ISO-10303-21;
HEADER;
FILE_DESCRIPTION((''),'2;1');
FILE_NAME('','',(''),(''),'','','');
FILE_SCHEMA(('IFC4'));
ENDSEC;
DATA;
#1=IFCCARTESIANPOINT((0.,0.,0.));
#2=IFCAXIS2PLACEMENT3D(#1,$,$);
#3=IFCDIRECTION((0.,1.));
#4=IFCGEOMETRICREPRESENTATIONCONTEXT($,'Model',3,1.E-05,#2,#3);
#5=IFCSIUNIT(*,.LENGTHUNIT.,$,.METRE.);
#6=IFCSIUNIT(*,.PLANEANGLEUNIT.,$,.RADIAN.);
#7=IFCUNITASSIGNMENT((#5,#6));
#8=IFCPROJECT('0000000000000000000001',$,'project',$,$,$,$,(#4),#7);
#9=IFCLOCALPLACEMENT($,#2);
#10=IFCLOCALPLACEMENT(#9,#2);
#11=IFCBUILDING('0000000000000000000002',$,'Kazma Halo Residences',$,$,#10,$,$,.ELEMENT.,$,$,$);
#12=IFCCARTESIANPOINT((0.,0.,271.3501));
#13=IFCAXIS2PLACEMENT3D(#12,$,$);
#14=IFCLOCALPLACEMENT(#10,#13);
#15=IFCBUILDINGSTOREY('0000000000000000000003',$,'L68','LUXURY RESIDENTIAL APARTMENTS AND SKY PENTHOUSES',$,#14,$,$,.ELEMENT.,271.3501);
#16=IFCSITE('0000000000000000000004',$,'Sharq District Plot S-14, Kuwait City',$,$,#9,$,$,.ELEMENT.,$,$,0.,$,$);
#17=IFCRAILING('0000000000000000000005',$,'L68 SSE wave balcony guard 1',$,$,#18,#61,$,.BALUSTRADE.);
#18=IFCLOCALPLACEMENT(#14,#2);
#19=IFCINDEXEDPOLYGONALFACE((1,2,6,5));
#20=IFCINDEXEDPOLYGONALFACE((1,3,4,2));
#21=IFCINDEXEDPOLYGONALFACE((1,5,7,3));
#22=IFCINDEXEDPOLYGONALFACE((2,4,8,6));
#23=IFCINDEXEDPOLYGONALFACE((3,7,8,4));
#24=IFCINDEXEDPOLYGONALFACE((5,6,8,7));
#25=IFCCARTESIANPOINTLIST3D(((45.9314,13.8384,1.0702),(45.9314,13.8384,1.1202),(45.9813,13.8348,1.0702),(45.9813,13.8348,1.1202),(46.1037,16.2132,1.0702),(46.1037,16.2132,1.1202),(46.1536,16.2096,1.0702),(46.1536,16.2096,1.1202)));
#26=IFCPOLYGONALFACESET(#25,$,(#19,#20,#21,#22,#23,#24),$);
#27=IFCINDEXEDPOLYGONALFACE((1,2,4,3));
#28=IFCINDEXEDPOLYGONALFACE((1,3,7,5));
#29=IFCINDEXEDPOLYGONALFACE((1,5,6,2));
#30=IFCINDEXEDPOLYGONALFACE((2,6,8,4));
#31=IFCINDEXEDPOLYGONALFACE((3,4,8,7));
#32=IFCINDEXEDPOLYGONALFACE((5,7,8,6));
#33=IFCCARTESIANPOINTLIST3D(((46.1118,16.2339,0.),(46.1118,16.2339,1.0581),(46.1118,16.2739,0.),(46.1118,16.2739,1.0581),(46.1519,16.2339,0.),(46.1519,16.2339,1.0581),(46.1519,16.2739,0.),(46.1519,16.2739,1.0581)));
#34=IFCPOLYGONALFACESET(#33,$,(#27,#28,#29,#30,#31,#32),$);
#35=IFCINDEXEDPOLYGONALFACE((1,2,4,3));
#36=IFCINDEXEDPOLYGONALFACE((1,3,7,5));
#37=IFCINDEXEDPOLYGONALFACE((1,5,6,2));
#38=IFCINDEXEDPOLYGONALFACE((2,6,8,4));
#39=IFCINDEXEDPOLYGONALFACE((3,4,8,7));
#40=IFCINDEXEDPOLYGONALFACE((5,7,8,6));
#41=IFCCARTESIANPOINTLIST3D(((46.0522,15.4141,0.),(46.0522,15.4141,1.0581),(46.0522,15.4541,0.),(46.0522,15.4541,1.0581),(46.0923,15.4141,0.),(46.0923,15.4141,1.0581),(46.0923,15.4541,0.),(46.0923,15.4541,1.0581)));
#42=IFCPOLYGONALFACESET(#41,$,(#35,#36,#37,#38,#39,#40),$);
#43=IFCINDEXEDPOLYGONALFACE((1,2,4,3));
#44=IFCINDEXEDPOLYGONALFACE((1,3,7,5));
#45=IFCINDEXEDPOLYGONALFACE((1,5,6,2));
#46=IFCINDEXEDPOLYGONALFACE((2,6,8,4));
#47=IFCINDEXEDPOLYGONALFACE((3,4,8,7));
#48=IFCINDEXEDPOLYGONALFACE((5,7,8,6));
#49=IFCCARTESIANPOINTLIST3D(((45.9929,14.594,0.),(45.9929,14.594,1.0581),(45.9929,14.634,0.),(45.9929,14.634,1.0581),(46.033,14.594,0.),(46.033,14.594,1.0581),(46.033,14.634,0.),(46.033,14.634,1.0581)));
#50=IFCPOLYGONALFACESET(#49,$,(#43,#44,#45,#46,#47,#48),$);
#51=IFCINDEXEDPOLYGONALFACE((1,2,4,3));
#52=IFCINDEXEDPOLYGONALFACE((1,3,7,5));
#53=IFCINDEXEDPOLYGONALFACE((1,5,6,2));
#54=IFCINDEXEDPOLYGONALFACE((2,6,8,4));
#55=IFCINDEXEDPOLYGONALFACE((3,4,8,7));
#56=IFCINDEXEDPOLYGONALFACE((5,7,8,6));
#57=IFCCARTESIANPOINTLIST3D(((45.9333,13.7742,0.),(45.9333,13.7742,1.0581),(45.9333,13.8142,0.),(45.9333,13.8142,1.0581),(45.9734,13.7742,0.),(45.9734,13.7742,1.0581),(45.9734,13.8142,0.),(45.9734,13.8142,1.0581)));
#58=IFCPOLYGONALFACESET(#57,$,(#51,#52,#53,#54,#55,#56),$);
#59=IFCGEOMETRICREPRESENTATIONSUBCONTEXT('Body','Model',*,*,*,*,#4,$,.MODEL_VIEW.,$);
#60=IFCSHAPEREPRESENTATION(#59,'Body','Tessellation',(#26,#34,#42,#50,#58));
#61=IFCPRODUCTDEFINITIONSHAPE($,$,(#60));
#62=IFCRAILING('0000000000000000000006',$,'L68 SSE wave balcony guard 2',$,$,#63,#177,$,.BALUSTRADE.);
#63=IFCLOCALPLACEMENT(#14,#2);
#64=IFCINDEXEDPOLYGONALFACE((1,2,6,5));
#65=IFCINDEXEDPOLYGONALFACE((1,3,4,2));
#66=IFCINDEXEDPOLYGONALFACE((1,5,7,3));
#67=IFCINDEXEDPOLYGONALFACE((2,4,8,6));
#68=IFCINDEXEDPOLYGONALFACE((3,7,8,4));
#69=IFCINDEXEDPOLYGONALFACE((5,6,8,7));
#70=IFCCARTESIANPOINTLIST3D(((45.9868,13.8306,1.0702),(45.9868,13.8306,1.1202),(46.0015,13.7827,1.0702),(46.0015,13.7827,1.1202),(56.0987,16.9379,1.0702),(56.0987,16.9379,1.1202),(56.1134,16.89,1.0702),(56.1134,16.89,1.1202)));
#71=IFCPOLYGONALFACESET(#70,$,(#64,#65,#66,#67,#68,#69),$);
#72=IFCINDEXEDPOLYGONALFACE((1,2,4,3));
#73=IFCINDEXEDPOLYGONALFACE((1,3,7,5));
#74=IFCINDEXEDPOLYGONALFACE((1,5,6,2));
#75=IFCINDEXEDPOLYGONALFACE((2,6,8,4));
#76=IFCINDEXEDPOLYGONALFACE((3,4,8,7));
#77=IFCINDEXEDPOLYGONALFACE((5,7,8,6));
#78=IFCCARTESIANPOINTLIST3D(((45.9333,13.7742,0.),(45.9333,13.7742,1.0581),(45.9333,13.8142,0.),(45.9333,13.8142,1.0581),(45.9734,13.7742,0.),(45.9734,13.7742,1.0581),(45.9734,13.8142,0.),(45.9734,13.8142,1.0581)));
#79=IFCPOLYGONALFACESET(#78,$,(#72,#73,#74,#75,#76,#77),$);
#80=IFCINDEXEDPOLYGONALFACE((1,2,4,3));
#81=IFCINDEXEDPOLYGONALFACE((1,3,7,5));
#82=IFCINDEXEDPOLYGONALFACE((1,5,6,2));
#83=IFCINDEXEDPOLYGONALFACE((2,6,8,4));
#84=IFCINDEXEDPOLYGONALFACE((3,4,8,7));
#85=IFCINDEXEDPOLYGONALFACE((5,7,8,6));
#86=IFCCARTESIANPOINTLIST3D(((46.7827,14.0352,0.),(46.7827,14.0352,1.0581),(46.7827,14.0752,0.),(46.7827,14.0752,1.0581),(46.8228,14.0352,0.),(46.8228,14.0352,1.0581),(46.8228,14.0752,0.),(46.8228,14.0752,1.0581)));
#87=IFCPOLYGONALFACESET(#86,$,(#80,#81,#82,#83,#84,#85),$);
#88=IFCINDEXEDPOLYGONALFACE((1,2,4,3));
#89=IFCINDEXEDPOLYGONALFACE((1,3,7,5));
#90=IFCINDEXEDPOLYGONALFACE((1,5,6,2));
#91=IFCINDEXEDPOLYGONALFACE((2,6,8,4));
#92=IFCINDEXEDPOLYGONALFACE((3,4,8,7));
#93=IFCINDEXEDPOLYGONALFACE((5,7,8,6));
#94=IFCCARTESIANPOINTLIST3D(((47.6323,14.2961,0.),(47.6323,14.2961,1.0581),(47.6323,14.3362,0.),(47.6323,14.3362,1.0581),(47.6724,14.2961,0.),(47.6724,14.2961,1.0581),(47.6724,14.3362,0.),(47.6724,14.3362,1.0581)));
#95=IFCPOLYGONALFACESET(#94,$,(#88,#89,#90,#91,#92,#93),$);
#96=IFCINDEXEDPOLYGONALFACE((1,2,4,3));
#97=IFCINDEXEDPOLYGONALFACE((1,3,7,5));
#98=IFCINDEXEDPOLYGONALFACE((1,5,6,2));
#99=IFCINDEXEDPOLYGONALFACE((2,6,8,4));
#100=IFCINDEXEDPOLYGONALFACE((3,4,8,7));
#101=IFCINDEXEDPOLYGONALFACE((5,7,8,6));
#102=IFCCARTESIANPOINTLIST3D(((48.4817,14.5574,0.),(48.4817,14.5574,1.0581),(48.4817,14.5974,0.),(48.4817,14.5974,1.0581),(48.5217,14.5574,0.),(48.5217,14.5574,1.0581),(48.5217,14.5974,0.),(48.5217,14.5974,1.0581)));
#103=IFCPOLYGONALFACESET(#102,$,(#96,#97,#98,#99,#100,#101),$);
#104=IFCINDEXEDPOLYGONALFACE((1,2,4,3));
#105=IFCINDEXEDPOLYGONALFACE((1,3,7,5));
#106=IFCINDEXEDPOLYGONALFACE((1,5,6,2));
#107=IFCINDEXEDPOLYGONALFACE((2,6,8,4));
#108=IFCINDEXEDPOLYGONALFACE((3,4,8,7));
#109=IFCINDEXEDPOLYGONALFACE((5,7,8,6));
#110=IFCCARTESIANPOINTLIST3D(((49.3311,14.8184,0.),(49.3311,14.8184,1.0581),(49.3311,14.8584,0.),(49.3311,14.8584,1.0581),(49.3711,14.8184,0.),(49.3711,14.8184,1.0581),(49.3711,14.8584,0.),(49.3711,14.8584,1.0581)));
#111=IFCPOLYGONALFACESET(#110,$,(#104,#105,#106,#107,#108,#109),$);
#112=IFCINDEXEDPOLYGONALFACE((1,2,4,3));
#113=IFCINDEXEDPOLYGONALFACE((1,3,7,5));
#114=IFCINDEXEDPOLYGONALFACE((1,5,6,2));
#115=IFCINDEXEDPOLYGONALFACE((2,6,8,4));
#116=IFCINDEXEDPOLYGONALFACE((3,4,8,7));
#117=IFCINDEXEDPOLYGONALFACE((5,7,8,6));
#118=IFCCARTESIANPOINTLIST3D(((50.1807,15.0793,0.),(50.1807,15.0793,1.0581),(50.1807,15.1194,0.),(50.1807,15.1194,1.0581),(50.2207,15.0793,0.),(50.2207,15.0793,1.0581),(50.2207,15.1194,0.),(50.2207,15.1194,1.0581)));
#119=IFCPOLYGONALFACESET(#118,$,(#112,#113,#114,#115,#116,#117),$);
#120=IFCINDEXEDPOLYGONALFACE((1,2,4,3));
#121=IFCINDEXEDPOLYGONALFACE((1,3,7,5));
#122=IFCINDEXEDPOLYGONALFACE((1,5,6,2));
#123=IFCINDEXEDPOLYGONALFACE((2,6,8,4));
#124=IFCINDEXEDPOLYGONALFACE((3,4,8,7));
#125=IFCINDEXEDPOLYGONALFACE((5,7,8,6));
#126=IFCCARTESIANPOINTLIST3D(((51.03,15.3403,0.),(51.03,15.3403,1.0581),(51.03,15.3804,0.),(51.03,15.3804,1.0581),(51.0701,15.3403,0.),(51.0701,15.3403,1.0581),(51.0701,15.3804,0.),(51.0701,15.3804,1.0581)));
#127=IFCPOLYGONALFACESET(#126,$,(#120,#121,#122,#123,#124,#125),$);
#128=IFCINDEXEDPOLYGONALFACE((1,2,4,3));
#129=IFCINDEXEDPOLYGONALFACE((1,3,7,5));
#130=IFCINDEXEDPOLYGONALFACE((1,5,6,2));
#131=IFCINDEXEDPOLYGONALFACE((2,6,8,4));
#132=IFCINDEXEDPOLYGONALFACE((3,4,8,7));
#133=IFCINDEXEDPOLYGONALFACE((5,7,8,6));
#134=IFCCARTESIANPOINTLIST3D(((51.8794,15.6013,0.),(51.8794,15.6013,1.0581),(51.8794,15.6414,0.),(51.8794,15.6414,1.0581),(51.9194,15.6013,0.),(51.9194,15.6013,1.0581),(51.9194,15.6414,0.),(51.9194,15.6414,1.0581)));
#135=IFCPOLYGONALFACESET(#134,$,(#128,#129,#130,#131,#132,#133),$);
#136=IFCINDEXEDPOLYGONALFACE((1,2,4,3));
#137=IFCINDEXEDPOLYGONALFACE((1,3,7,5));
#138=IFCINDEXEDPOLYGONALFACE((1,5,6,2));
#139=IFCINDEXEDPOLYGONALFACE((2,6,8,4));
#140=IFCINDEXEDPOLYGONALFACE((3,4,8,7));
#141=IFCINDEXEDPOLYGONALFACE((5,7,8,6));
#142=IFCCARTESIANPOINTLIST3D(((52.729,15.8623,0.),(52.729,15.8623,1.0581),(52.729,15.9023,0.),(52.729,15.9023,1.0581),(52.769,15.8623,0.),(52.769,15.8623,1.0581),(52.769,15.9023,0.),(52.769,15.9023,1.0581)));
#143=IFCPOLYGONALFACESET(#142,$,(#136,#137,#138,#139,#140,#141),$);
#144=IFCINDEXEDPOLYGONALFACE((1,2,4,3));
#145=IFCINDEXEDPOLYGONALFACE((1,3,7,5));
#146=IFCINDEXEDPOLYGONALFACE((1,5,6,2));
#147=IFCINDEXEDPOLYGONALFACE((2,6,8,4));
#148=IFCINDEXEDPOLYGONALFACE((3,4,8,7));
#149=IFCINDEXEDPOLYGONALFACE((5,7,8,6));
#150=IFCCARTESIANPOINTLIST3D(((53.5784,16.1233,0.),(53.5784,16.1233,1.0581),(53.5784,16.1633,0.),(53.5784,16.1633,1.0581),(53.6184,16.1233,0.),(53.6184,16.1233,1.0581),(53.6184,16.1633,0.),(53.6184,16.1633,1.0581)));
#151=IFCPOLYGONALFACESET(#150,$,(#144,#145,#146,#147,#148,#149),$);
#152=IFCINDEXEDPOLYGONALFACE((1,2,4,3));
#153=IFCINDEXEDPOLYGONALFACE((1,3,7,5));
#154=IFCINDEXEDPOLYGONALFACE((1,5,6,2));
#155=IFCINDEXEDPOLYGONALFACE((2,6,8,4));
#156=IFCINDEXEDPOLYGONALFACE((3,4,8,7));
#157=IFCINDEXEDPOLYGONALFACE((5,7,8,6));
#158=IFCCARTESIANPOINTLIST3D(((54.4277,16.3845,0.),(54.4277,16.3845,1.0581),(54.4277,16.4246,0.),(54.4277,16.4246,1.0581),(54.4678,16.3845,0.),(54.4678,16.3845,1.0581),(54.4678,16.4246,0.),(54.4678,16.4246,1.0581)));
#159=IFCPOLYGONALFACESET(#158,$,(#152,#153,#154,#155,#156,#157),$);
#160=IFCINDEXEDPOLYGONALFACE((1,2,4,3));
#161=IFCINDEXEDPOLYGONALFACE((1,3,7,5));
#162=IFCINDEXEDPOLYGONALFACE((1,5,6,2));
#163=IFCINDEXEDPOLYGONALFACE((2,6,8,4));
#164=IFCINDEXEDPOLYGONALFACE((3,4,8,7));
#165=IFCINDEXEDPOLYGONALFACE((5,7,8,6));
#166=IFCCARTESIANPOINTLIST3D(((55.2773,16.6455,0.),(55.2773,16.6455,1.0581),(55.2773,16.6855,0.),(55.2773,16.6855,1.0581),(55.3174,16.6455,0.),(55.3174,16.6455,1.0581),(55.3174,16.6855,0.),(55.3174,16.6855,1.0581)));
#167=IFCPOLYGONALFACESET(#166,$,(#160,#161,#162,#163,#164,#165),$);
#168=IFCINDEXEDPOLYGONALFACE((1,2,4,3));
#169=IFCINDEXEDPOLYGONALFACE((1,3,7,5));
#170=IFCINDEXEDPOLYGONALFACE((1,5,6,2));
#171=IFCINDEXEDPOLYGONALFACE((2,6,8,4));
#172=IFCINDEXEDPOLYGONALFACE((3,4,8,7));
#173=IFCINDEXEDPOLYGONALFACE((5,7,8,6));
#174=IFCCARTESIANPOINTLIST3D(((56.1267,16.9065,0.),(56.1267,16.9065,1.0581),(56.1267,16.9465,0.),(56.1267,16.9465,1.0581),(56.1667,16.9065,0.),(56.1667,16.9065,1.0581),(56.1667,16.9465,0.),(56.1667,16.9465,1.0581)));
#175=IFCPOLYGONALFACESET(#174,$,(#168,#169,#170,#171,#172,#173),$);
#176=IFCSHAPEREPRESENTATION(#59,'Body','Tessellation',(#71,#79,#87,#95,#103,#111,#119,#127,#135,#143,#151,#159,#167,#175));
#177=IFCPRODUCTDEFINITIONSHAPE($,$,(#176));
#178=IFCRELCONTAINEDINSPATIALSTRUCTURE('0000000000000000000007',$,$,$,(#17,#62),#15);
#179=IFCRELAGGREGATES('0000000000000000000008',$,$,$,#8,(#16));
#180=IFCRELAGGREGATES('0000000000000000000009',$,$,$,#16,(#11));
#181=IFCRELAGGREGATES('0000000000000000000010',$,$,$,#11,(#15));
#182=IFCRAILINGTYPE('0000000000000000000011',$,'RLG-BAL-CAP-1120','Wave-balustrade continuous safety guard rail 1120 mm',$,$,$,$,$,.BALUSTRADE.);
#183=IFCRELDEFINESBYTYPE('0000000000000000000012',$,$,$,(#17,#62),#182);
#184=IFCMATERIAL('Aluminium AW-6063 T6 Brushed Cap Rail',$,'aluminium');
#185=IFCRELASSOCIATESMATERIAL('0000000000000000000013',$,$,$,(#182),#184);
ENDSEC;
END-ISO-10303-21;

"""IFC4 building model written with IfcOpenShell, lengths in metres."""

from ifc_helpers import new_model, si_unit, direction, frame, origin, origin_2d, place, context, subcontext, project, spatial, rectangle, extrude, material, type_object, element, save


model = new_model("IFC4")

# Units and contexts
model_context = context("Model", 3, precision=1e-05, world=origin(), true_north=direction((0.0, 1.0)))
body_context = subcontext(model_context, "Body", "Model", "MODEL_VIEW")
ifc_project = project(units=[si_unit("LENGTHUNIT", "METRE"), si_unit("PLANEANGLEUNIT", "RADIAN")], contexts=[model_context])

# Site, building, storey
site_placement = place(None, origin())
site = spatial("IfcSite", under=ifc_project, at=site_placement, Name="Sharq District Plot S-14, Kuwait City", CompositionType="ELEMENT", RefElevation=0.0)
building_placement = place(site_placement, origin())
building = spatial("IfcBuilding", under=site, at=building_placement, Name="Kazma Halo Residences", CompositionType="ELEMENT")
storey_placement = place(building_placement, frame((0.0, 0.0, 271.3501)))
storey = spatial("IfcBuildingStorey", under=building, at=storey_placement, Name="L68", Description="LUXURY RESIDENTIAL APARTMENTS AND SKY PENTHOUSES", CompositionType="ELEMENT", Elevation=271.3501)

# Railings
ifc_material_1 = material(Name="Aluminium AW-6063 T6 Brushed Cap Rail", Category="aluminium")
railing_type = type_object("IfcRailingType", Name="RLG-BAL-CAP-1120", Description="Wave-balustrade continuous safety guard rail 1120 mm", PredefinedType="BALUSTRADE", material=ifc_material_1)
railing_1_placement = place(storey_placement, frame((46.1318, 16.2539, 0.0)))
element("IfcRailing", 1, at=railing_1_placement, inside=storey, type_object=railing_type, Name="L68 SSE wave balcony guard 1", PredefinedType="BALUSTRADE", context=body_context, shape_type="SweptSolid", body=[
    extrude(rectangle(XDim=0.05, YDim=0.05, at=origin_2d()), frame((-0.0032, -0.0425, 1.0952), z_axis=(-0.072366, -0.997378, 0.0), x_axis=(0.997378, -0.072366, 0.0)), (0.0, 0.0, 1.0), 2.3811),
    extrude(rectangle(XDim=0.04, YDim=0.04, at=origin_2d()), origin(), (0.0, 0.0, 1.0), 1.0581),
    extrude(rectangle(XDim=0.04, YDim=0.04, at=origin_2d()), frame((-0.0596, -0.8198, 0.0)), (0.0, 0.0, 1.0), 1.0581),
    extrude(rectangle(XDim=0.04, YDim=0.04, at=origin_2d()), frame((-0.1189, -1.6399, 0.0)), (0.0, 0.0, 1.0), 1.0581),
    extrude(rectangle(XDim=0.04, YDim=0.04, at=origin_2d()), frame((-0.1785, -2.4597, 0.0)), (0.0, 0.0, 1.0), 1.0581),
])
railing_2_placement = place(storey_placement, frame((45.9534, 13.7942, 0.0)))
element("IfcRailing", 2, at=railing_2_placement, inside=storey, type_object=railing_type, Name="L68 SSE wave balcony guard 2", PredefinedType="BALUSTRADE", context=body_context, shape_type="SweptSolid", body=[
    extrude(rectangle(XDim=0.05, YDim=0.05, at=origin_2d()), frame((0.0408, 0.0125, 1.0952), z_axis=(0.955887, 0.293735, 0.0), x_axis=(-0.293735, 0.955887, 0.0)), (0.0, 0.0, 1.0), 10.5786),
    extrude(rectangle(XDim=0.04, YDim=0.04, at=origin_2d()), origin(), (0.0, 0.0, 1.0), 1.0581),
    extrude(rectangle(XDim=0.04, YDim=0.04, at=origin_2d()), frame((0.8494, 0.261, 0.0)), (0.0, 0.0, 1.0), 1.0581),
    extrude(rectangle(XDim=0.04, YDim=0.04, at=origin_2d()), frame((1.699, 0.522, 0.0)), (0.0, 0.0, 1.0), 1.0581),
    extrude(rectangle(XDim=0.04, YDim=0.04, at=origin_2d()), frame((2.5483, 0.7832, 0.0)), (0.0, 0.0, 1.0), 1.0581),
    extrude(rectangle(XDim=0.04, YDim=0.04, at=origin_2d()), frame((3.3977, 1.0442, 0.0)), (0.0, 0.0, 1.0), 1.0581),
    extrude(rectangle(XDim=0.04, YDim=0.04, at=origin_2d()), frame((4.2473, 1.3052, 0.0)), (0.0, 0.0, 1.0), 1.0581),
    extrude(rectangle(XDim=0.04, YDim=0.04, at=origin_2d()), frame((5.0967, 1.5662, 0.0)), (0.0, 0.0, 1.0), 1.0581),
    extrude(rectangle(XDim=0.04, YDim=0.04, at=origin_2d()), frame((5.946, 1.8271, 0.0)), (0.0, 0.0, 1.0), 1.0581),
    extrude(rectangle(XDim=0.04, YDim=0.04, at=origin_2d()), frame((6.7957, 2.0881, 0.0)), (0.0, 0.0, 1.0), 1.0581),
    extrude(rectangle(XDim=0.04, YDim=0.04, at=origin_2d()), frame((7.645, 2.3491, 0.0)), (0.0, 0.0, 1.0), 1.0581),
    extrude(rectangle(XDim=0.04, YDim=0.04, at=origin_2d()), frame((8.4944, 2.6104, 0.0)), (0.0, 0.0, 1.0), 1.0581),
    extrude(rectangle(XDim=0.04, YDim=0.04, at=origin_2d()), frame((9.344, 2.8713, 0.0)), (0.0, 0.0, 1.0), 1.0581),
    extrude(rectangle(XDim=0.04, YDim=0.04, at=origin_2d()), frame((10.1934, 3.1323, 0.0)), (0.0, 0.0, 1.0), 1.0581),
])

save(model, "model.ifc")
